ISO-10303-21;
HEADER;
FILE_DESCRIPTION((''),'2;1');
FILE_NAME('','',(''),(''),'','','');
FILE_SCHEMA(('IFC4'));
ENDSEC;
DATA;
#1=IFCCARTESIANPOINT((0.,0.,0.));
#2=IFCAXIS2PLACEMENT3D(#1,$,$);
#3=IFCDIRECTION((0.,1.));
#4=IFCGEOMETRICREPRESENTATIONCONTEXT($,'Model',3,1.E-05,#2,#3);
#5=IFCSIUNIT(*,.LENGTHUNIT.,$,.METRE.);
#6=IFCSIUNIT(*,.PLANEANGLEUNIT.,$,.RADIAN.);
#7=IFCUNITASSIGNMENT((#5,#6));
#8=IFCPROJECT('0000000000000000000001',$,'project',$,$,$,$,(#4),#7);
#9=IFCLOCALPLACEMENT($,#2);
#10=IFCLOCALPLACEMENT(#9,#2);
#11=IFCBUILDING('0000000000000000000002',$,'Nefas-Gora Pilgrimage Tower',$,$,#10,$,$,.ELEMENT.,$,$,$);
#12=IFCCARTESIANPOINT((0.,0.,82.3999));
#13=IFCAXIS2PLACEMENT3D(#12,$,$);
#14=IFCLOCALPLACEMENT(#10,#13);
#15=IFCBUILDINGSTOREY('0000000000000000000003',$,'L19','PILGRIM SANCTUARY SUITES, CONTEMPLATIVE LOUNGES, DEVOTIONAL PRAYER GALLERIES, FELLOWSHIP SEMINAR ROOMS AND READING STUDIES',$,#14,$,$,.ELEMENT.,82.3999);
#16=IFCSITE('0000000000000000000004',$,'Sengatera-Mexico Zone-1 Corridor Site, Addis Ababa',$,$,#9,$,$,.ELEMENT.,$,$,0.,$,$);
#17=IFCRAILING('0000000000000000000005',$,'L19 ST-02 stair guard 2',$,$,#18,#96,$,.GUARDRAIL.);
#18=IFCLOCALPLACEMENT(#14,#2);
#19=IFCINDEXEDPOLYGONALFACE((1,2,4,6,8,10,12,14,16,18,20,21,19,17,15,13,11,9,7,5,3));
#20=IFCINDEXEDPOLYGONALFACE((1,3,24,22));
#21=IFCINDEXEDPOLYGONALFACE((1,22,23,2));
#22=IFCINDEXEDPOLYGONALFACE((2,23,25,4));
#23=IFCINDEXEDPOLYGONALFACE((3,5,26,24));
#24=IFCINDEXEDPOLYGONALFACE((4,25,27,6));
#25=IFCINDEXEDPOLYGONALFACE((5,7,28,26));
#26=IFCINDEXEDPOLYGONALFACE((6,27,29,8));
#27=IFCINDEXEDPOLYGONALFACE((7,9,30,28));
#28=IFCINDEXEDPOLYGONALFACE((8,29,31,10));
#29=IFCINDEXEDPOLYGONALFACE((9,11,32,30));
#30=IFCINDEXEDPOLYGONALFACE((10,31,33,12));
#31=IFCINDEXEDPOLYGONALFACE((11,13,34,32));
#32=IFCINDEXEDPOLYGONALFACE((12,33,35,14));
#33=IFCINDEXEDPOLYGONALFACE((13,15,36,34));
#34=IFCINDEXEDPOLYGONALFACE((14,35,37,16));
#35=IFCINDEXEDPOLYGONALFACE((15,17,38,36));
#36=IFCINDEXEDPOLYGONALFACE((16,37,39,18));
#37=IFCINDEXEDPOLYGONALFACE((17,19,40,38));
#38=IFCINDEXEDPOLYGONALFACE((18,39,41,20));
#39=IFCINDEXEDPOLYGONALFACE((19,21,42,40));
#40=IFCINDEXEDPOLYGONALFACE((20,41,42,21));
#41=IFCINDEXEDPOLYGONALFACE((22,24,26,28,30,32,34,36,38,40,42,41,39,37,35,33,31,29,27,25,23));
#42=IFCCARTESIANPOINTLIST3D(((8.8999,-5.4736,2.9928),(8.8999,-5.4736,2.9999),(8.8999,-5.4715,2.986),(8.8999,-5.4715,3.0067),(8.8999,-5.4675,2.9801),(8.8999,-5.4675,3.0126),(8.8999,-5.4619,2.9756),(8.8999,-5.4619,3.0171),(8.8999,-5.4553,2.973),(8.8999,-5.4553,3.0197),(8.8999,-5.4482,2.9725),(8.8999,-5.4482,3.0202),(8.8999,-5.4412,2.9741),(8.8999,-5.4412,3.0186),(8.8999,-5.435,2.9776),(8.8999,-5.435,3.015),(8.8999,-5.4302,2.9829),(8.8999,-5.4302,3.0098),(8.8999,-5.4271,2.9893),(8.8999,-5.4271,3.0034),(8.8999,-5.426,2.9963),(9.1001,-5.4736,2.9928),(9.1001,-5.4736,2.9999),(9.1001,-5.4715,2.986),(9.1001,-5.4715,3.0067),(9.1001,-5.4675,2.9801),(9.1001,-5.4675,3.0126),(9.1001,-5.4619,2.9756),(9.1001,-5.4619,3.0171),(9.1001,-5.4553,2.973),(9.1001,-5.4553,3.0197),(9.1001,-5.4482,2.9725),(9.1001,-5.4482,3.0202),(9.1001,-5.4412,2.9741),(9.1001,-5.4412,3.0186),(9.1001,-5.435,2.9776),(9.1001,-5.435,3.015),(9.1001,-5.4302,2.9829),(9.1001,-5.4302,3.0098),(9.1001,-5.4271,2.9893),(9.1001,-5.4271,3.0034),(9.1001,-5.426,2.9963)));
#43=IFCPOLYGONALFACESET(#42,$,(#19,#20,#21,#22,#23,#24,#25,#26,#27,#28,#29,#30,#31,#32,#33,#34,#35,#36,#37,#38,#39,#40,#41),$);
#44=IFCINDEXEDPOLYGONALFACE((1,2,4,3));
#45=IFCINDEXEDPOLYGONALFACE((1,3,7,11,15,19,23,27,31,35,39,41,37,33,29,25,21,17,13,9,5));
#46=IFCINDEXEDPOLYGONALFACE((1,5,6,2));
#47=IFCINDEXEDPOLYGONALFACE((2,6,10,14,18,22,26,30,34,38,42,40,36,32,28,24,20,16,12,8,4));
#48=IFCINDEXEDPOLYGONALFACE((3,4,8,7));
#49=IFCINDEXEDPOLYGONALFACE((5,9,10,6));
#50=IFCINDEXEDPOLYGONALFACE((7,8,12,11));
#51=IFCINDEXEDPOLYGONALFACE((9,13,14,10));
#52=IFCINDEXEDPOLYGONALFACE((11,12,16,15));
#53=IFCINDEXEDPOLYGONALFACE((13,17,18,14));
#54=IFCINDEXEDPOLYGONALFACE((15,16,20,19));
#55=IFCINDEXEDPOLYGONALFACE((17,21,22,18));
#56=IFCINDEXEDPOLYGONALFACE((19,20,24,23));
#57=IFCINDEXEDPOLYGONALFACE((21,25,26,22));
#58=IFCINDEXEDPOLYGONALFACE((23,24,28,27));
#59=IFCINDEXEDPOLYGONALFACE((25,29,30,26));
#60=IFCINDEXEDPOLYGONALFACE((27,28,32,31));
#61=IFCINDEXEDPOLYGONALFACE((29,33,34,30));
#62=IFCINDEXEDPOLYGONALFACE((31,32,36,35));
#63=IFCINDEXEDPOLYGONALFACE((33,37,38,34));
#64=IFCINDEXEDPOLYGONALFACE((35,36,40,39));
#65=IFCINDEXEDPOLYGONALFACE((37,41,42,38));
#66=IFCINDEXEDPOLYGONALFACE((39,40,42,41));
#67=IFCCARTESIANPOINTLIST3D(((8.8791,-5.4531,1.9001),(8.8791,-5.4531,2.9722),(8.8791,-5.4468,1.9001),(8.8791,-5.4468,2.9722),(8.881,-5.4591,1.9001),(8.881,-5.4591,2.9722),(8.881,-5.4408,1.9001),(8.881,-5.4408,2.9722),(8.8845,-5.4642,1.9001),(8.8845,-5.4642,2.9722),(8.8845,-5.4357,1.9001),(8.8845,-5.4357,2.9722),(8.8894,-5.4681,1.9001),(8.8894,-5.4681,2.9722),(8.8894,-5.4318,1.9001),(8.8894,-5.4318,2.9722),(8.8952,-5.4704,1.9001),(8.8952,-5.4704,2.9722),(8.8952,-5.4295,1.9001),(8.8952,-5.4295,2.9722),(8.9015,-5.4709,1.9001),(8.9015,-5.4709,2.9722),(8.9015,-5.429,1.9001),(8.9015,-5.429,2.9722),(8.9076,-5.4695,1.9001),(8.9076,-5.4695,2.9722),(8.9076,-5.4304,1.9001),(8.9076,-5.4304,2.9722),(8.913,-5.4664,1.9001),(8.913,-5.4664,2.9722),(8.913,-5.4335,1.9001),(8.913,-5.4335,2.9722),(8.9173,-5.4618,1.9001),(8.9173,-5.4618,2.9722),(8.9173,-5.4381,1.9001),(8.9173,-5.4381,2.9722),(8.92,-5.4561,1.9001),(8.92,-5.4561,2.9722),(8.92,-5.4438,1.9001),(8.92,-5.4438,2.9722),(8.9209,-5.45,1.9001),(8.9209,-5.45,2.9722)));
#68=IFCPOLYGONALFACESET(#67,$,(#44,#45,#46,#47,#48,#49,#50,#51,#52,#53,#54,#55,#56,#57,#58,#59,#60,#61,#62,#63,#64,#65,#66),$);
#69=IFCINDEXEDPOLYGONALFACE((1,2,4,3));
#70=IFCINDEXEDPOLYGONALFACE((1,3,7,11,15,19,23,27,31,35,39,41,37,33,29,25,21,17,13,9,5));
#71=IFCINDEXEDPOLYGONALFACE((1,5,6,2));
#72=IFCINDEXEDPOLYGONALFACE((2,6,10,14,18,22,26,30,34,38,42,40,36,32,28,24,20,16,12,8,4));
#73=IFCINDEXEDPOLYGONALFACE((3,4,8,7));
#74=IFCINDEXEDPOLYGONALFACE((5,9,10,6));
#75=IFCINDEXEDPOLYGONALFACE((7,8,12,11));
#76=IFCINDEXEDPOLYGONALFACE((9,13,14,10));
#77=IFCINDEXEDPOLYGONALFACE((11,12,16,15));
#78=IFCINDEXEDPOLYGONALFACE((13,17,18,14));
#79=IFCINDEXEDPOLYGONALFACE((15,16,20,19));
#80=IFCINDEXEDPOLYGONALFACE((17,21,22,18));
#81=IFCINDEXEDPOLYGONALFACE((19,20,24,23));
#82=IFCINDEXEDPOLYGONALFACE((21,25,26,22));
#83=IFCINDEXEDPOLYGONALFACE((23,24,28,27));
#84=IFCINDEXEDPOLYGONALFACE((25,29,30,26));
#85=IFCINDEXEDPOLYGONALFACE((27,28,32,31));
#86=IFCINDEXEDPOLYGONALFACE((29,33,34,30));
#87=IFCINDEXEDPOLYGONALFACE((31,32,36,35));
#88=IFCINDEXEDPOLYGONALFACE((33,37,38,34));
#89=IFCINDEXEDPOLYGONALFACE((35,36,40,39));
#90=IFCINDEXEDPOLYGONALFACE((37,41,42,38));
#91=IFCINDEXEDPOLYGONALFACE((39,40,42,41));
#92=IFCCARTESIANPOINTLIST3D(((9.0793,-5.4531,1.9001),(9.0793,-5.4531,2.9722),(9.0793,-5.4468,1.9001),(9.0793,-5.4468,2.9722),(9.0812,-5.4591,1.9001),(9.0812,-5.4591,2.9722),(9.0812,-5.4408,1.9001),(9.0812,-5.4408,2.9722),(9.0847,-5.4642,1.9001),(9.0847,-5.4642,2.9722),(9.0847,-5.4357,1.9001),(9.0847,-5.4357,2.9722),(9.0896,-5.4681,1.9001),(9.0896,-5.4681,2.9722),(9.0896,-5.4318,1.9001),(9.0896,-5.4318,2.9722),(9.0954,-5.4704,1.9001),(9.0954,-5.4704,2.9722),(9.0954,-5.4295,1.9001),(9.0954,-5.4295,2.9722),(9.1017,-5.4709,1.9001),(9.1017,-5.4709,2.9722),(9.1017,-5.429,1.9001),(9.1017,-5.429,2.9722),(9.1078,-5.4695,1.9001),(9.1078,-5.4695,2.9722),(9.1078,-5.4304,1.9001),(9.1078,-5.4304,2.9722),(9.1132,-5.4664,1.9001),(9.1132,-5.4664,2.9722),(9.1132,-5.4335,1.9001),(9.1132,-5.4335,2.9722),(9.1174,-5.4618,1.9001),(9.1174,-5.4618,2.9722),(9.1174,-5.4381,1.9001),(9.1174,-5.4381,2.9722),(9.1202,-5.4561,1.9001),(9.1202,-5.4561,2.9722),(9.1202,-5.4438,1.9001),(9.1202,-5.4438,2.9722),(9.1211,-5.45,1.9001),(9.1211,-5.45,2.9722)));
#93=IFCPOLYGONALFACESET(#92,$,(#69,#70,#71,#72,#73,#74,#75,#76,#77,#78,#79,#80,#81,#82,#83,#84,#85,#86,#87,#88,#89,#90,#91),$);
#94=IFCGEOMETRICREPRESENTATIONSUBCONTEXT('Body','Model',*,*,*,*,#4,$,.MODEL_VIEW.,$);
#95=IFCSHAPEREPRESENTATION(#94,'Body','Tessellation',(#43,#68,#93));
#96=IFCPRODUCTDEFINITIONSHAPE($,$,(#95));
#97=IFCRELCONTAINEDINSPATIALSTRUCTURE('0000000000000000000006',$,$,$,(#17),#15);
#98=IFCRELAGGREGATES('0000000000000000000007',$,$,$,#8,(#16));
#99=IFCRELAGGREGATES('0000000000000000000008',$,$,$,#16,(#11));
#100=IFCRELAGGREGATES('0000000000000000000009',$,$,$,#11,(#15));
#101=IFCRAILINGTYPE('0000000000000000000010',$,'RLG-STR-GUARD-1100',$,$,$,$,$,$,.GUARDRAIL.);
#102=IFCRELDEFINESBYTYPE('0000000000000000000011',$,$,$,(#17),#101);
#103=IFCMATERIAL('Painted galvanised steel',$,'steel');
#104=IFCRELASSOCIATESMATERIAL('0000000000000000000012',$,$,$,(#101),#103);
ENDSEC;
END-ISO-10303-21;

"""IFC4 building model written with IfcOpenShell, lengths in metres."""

from ifc_helpers import new_model, si_unit, direction, frame, origin, origin_2d, place, context, subcontext, project, spatial, circle, extrude, material, type_object, element, save


model = new_model("IFC4")

# Units and contexts
model_context = context("Model", 3, precision=1e-05, world=origin(), true_north=direction((0.0, 1.0)))
body_context = subcontext(model_context, "Body", "Model", "MODEL_VIEW")
ifc_project = project(units=[si_unit("LENGTHUNIT", "METRE"), si_unit("PLANEANGLEUNIT", "RADIAN")], contexts=[model_context])

# Site, building, storey
site_placement = place(None, origin())
site = spatial("IfcSite", under=ifc_project, at=site_placement, Name="Sengatera-Mexico Zone-1 Corridor Site, Addis Ababa", CompositionType="ELEMENT", RefElevation=0.0)
building_placement = place(site_placement, origin())
building = spatial("IfcBuilding", under=site, at=building_placement, Name="Nefas-Gora Pilgrimage Tower", CompositionType="ELEMENT")
storey_placement = place(building_placement, frame((0.0, 0.0, 82.3999)))
storey = spatial("IfcBuildingStorey", under=building, at=storey_placement, Name="L19", Description="PILGRIM SANCTUARY SUITES, CONTEMPLATIVE LOUNGES, DEVOTIONAL PRAYER GALLERIES, FELLOWSHIP SEMINAR ROOMS AND READING STUDIES", CompositionType="ELEMENT", Elevation=82.3999)

# Railing
ifc_material_1 = material(Name="Painted galvanised steel", Category="steel")
railing_type_1 = type_object("IfcRailingType", Name="RLG-STR-GUARD-1100", PredefinedType="GUARDRAIL", material=ifc_material_1)
railing_1_placement = place(storey_placement, frame((8.8999, -5.45, 1.9001)))
element("IfcRailing", 1, at=railing_1_placement, inside=storey, type_object=railing_type_1, Name="L19 ST-02 stair guard 2", PredefinedType="GUARDRAIL", context=body_context, shape_type="SweptSolid", body=[
    extrude(circle(Radius=0.0239, at=origin_2d()), frame((0.0, 0.0, 1.0962), z_axis=(1.0, 0.0, 0.0), x_axis=(0.0, 1.0, 0.0)), (0.0, 0.0, 1.0), 0.2002),
    extrude(circle(Radius=0.021, at=origin_2d()), origin(), (0.0, 0.0, 1.0), 1.072),
    extrude(circle(Radius=0.021, at=origin_2d()), frame((0.2002, 0.0, 0.0)), (0.0, 0.0, 1.0), 1.072),
])

save(model, "model.ifc")
